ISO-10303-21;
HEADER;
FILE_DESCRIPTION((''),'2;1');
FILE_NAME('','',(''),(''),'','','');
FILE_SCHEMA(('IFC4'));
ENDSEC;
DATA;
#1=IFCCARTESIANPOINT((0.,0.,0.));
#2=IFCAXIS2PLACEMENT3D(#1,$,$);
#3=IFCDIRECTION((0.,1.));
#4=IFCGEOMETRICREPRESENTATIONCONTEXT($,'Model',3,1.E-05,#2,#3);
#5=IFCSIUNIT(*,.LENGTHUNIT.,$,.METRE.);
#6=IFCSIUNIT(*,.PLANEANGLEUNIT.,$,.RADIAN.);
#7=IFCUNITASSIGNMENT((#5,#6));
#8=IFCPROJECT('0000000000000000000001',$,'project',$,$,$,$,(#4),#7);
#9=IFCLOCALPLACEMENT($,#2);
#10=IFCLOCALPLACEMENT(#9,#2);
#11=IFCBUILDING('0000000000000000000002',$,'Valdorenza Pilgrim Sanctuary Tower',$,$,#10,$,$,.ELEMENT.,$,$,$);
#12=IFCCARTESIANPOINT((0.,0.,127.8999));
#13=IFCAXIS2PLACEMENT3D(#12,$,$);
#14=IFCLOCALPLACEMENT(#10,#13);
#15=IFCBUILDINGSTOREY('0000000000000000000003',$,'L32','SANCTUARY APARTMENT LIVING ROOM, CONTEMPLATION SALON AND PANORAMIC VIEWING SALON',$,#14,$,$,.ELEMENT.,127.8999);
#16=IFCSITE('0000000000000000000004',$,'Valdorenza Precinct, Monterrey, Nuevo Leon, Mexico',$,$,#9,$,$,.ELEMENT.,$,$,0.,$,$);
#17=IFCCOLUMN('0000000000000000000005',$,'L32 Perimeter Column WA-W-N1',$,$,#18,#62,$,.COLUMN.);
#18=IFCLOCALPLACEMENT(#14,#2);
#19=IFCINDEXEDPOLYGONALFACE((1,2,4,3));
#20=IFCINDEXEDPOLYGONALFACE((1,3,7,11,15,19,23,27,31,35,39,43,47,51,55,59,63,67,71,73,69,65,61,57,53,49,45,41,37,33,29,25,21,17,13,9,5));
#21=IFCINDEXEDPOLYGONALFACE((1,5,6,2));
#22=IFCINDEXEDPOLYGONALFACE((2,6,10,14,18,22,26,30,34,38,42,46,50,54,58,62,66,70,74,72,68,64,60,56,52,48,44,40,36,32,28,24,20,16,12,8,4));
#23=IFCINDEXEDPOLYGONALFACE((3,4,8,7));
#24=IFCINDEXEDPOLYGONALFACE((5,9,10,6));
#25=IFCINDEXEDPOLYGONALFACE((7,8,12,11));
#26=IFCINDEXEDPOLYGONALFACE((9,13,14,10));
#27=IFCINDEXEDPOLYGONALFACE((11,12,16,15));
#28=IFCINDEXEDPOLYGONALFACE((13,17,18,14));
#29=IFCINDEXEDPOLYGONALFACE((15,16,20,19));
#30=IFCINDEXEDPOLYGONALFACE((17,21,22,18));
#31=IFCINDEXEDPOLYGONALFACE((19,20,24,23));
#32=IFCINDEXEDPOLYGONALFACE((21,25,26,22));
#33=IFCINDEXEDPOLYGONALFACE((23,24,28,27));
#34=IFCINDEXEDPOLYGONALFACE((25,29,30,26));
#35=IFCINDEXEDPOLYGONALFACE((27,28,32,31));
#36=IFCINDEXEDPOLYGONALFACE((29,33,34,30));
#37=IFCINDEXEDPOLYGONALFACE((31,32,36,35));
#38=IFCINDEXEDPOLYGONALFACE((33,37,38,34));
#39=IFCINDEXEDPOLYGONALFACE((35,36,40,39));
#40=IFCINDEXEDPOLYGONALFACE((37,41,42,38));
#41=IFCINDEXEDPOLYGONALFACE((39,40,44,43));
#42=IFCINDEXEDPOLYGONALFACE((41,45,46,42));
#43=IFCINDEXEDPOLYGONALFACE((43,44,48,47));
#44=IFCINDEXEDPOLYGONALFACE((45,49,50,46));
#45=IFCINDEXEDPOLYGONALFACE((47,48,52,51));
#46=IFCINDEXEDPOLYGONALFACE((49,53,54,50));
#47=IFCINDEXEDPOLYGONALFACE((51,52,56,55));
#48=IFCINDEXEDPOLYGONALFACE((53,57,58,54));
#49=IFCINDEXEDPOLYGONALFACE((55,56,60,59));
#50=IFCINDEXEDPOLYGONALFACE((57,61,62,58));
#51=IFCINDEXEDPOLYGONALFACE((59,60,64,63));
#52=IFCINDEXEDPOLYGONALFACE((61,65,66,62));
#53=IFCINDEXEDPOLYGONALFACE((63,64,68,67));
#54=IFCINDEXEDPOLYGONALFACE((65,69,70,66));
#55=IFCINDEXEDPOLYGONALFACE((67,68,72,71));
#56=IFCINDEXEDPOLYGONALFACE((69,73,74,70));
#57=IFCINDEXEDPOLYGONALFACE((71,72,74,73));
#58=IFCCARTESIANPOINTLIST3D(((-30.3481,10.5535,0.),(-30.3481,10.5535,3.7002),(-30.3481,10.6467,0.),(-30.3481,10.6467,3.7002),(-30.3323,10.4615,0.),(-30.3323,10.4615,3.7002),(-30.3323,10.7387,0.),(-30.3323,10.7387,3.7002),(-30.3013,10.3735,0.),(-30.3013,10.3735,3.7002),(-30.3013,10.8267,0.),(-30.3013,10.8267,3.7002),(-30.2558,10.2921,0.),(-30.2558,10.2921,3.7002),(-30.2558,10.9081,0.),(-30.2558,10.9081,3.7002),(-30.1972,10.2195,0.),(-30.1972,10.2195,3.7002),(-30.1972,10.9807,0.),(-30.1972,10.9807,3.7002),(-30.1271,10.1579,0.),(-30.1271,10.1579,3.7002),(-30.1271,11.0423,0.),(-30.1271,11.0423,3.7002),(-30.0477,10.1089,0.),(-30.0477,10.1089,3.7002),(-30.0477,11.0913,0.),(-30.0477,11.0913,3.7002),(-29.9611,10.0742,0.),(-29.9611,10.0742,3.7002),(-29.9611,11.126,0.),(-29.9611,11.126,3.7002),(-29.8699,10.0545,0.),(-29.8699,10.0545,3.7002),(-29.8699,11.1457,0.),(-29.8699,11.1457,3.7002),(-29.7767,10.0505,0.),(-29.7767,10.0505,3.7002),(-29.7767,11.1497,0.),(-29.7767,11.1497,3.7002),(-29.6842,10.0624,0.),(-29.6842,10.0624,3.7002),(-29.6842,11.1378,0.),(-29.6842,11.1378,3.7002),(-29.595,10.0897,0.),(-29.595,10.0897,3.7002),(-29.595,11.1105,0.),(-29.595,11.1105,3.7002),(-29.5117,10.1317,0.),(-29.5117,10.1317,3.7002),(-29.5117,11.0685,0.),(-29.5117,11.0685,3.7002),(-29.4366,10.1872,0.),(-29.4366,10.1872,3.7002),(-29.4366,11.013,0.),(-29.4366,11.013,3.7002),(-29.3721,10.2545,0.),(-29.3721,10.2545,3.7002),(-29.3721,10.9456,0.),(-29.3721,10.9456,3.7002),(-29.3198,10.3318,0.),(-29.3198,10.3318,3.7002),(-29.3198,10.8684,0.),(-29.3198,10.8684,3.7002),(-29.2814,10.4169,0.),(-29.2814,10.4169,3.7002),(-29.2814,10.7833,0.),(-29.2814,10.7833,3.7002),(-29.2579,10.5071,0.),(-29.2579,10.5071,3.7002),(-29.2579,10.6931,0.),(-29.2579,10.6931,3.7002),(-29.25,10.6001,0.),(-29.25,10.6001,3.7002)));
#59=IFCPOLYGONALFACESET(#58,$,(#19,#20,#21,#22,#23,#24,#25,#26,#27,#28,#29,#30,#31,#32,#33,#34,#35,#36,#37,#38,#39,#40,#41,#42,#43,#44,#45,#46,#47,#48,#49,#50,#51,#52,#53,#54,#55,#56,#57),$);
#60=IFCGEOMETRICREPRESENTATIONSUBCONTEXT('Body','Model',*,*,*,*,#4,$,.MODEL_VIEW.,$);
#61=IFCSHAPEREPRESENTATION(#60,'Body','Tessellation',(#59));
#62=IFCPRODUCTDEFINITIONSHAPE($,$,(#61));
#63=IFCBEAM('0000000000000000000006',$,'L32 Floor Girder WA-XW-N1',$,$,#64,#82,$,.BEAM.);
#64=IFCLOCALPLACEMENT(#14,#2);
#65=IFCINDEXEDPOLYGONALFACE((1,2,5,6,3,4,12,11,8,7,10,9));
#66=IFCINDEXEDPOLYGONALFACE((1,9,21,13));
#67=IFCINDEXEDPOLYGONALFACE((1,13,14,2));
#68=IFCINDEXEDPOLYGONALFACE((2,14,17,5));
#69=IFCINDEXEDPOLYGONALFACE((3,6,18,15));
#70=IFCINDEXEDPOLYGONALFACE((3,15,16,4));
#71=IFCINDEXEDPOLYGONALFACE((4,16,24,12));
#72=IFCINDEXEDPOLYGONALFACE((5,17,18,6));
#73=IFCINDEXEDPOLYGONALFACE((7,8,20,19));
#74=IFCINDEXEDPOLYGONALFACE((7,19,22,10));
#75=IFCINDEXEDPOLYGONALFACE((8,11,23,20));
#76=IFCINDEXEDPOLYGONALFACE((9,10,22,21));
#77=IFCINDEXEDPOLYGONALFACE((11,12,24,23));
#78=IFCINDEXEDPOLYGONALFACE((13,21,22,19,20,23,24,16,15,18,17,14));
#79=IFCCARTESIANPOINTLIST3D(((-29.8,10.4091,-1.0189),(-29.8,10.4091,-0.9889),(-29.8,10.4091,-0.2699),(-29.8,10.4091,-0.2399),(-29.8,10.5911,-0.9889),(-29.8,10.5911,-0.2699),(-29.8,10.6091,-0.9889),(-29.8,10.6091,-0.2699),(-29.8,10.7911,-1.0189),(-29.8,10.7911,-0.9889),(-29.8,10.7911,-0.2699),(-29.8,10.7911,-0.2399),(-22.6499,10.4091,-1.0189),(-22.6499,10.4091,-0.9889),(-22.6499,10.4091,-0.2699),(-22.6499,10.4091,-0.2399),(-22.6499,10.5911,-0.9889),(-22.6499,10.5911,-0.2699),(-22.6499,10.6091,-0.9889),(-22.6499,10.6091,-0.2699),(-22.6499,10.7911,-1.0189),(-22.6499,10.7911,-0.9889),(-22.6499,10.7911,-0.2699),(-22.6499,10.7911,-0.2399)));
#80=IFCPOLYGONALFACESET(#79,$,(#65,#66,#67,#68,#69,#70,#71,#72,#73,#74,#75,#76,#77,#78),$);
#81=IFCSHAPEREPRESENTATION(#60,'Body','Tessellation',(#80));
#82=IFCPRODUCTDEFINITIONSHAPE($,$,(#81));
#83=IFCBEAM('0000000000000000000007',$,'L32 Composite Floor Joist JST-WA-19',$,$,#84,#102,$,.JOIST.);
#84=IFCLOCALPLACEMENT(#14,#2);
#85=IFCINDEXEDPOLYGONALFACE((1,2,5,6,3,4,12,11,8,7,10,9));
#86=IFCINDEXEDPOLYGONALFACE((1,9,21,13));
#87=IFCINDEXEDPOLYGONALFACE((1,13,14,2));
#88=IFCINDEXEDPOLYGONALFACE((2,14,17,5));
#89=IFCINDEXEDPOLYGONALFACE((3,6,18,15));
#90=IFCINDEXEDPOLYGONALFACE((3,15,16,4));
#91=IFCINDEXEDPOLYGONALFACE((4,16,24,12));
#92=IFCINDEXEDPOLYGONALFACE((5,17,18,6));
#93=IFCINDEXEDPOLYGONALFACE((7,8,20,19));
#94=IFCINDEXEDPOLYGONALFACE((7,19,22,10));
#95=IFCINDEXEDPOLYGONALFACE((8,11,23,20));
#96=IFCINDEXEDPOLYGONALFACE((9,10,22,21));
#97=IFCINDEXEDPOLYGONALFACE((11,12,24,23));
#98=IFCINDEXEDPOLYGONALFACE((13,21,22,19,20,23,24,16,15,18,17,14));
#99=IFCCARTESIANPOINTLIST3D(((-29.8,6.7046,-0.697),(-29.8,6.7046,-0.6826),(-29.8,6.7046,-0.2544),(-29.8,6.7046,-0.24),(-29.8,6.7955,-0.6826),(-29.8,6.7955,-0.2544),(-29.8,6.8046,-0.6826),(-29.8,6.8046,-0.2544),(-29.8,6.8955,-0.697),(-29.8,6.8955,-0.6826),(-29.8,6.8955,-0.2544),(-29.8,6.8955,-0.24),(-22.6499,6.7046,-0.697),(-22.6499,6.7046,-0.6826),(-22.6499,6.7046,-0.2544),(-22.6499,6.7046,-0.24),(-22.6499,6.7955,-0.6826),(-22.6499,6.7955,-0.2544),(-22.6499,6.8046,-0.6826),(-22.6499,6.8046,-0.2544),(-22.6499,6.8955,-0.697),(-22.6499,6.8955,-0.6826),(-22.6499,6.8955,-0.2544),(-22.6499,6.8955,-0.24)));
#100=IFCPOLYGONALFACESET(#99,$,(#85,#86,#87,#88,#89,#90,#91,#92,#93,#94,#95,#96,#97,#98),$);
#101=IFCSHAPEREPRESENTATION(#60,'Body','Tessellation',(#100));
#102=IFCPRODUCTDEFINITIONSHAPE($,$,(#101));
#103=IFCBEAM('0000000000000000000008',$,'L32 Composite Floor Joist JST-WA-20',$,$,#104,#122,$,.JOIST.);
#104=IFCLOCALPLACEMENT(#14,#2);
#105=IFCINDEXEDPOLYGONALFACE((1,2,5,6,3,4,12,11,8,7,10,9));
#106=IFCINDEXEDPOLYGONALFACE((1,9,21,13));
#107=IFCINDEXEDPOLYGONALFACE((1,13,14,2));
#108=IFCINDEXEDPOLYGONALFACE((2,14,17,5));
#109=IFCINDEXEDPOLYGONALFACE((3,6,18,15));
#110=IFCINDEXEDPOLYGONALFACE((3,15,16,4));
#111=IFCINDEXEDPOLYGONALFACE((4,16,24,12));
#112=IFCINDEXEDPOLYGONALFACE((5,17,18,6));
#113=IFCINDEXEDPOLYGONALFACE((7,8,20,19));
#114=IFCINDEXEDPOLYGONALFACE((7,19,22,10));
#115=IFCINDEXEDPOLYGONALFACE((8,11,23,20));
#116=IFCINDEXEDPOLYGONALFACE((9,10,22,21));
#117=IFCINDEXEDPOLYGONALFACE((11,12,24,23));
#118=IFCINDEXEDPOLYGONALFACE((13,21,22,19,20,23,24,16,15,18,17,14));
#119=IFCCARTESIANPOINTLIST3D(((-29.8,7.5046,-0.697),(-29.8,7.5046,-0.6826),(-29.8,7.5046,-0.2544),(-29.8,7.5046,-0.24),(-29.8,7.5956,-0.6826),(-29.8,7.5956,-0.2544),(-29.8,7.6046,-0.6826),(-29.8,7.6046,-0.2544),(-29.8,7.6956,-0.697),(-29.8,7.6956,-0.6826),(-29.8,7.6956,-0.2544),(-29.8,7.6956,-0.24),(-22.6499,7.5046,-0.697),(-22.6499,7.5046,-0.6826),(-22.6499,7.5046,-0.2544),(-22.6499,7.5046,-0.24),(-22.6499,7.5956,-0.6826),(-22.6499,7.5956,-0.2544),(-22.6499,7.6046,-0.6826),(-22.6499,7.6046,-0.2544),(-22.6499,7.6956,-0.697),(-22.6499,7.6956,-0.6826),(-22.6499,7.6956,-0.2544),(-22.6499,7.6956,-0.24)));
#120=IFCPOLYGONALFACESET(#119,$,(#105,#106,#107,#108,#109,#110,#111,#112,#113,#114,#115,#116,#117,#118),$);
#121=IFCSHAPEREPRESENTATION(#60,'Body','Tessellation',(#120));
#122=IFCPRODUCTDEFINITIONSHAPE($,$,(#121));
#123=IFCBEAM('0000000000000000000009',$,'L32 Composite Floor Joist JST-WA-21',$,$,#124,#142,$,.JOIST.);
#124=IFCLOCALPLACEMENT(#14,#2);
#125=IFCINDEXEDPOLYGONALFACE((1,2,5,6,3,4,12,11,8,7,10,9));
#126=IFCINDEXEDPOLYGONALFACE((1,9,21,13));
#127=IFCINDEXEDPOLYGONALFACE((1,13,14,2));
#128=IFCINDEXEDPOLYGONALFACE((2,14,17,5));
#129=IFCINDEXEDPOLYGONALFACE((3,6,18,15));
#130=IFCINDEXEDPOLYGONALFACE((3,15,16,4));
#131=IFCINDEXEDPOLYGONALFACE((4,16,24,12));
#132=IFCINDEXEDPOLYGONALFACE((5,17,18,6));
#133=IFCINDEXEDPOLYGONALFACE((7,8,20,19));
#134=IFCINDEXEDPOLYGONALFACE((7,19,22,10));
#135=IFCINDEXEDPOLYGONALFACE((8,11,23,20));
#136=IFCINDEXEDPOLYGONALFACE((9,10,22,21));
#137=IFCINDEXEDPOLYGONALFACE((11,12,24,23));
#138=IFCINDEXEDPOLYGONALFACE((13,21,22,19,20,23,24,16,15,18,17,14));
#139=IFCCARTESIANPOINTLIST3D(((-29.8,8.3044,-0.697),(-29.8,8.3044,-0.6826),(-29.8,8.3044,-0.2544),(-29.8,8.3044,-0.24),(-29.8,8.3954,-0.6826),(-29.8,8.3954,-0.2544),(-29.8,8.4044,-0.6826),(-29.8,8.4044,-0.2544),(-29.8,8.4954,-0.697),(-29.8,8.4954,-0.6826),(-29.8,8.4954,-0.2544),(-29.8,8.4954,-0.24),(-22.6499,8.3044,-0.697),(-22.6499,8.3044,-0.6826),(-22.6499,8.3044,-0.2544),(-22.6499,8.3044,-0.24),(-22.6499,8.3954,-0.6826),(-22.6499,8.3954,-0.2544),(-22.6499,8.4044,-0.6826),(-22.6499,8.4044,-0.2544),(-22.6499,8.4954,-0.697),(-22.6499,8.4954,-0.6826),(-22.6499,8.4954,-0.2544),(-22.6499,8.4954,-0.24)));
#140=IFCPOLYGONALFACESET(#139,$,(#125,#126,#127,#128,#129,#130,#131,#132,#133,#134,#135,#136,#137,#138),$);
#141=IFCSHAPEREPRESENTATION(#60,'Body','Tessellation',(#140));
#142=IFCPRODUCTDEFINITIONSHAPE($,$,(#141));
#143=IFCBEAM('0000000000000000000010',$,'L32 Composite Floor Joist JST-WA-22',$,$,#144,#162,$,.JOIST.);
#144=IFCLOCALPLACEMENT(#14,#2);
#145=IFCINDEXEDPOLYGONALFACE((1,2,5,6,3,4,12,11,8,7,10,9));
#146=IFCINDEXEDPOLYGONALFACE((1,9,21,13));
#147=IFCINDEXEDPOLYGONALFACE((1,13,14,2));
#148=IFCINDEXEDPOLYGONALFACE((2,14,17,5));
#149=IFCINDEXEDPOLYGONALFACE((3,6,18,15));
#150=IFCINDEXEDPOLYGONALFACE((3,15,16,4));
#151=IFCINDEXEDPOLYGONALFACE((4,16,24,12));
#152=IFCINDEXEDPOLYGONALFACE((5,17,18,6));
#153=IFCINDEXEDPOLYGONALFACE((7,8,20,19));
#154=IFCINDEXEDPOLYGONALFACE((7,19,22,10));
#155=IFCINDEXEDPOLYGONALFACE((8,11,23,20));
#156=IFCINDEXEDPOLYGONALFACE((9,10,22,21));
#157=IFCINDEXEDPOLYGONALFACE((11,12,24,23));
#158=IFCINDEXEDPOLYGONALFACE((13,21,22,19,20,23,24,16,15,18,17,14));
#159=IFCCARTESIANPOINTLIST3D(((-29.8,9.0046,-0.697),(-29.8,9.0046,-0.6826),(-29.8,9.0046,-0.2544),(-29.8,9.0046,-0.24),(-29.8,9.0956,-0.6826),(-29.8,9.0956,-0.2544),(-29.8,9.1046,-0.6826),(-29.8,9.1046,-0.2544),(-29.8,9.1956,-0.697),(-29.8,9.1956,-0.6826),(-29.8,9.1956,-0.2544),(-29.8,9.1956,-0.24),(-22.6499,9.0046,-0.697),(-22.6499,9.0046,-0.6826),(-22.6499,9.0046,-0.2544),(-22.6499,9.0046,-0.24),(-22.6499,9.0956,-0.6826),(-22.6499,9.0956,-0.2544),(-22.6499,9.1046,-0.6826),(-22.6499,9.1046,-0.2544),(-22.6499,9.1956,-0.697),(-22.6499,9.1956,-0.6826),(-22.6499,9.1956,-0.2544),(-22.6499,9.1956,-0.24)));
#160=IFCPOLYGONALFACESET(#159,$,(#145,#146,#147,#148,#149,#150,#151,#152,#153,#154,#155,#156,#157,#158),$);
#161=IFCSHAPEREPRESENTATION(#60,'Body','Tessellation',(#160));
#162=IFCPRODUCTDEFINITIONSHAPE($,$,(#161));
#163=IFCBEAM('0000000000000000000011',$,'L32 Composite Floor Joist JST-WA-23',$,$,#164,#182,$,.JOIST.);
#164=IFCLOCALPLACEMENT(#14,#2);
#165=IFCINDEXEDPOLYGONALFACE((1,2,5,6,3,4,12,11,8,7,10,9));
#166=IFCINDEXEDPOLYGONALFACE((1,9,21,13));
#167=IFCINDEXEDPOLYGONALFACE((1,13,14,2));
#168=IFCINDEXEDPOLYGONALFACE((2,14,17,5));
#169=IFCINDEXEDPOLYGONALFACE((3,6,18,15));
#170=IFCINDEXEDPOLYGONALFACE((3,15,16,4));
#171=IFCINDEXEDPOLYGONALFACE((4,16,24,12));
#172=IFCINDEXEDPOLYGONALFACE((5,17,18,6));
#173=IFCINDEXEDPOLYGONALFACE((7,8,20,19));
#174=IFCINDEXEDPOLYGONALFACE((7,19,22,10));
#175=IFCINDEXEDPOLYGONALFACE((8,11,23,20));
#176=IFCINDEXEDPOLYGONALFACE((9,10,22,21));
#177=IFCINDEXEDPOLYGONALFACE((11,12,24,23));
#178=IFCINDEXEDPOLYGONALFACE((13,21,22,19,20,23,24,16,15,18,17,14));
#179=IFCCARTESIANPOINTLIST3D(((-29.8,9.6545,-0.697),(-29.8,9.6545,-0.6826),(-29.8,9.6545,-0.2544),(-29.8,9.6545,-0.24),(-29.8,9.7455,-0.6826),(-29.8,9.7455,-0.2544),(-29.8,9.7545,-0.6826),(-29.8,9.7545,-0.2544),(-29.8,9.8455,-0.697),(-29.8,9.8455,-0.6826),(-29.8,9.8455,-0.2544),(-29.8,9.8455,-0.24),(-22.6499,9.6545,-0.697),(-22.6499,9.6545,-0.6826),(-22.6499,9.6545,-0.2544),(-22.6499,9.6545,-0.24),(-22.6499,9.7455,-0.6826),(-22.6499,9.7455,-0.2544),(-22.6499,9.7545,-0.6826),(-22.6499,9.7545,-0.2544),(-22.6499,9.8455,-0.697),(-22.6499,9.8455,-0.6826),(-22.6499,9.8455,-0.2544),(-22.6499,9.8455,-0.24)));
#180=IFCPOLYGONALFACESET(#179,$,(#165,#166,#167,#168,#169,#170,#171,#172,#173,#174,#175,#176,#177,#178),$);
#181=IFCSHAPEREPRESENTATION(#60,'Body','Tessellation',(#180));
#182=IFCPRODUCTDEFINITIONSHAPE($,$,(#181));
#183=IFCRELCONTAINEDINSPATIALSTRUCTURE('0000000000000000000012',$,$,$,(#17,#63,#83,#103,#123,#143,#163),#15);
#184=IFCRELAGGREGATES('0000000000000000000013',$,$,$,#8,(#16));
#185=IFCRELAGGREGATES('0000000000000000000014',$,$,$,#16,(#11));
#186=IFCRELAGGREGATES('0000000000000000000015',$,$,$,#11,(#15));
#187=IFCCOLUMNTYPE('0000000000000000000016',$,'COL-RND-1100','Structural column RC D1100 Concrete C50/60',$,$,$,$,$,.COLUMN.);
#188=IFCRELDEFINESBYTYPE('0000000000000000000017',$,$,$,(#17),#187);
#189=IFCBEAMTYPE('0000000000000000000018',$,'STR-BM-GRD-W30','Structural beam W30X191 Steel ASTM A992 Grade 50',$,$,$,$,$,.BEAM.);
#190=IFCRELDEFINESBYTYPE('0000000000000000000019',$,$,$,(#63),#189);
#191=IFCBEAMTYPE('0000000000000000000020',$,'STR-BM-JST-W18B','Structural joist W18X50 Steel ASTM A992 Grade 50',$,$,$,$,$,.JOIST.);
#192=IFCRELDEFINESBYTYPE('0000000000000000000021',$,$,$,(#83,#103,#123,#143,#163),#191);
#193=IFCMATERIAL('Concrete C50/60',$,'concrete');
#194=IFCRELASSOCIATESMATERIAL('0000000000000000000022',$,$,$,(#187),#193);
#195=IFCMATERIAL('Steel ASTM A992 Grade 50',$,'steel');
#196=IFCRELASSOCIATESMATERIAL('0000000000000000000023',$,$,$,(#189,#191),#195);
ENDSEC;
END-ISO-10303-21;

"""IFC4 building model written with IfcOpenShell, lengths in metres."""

from ifc_helpers import new_model, si_unit, direction, frame, origin, origin_2d, place, context, subcontext, project, spatial, circle, i_section, extrude, source, transform, mapped, material, material_profile, profile_set, type_object, element, save


model = new_model("IFC4")

# Units and contexts
model_context = context("Model", 3, precision=1e-05, world=origin(), true_north=direction((0.0, 1.0)))
body_context = subcontext(model_context, "Body", "Model", "MODEL_VIEW")
ifc_project = project(units=[si_unit("LENGTHUNIT", "METRE"), si_unit("PLANEANGLEUNIT", "RADIAN")], contexts=[model_context])

# Site, building, storey
site_placement = place(None, origin())
site = spatial("IfcSite", under=ifc_project, at=site_placement, Name="Valdorenza Precinct, Monterrey, Nuevo Leon, Mexico", CompositionType="ELEMENT", RefElevation=0.0)
building_placement = place(site_placement, origin())
building = spatial("IfcBuilding", under=site, at=building_placement, Name="Valdorenza Pilgrim Sanctuary Tower", CompositionType="ELEMENT")
storey_placement = place(building_placement, frame((0.0, 0.0, 127.8999)))
storey = spatial("IfcBuildingStorey", under=building, at=storey_placement, Name="L32", Description="SANCTUARY APARTMENT LIVING ROOM, CONTEMPLATION SALON AND PANORAMIC VIEWING SALON", CompositionType="ELEMENT", Elevation=127.8999)

# Column
ifc_material_1 = material(Name="Concrete C50/60", Category="concrete")
ifc_material_profile_1 = material_profile(ifc_material_1, circle(Radius=0.55, at=origin_2d()), Name="RC D1100")
ifc_profile_set_1 = profile_set([ifc_material_profile_1], Name="Concrete C50/60")
column_type = type_object("IfcColumnType", Name="COL-RND-1100", Description="Structural column RC D1100 Concrete C50/60", PredefinedType="COLUMN", material=ifc_profile_set_1)
shared_shape_1 = source(origin(), body_context, "Body", "SweptSolid", [
    extrude(circle(Radius=0.55, at=origin_2d()), origin(), (0.0, 0.0, 1.0), 3.7002),
])
column_placement = place(storey_placement, frame((-29.8, 10.6001, 0.0), z_axis=(0.0, 0.0, 1.0), x_axis=(1.0, 0.0, 0.0)))
element("IfcColumn", 1, at=column_placement, inside=storey, type_object=column_type, Name="L32 Perimeter Column WA-W-N1", PredefinedType="COLUMN", context=body_context, shape_type="MappedRepresentation", body=[
    mapped(shared_shape_1, transform((0.0, 0.0, 0.0), x_axis=(1.0, 0.0, 0.0), y_axis=(0.0, 1.0, 0.0), z_axis=(0.0, 0.0, 1.0), scale=1.0)),
])

# Beams
ifc_material_2 = material(Name="Steel ASTM A992 Grade 50", Category="steel")
ifc_material_profile_2 = material_profile(ifc_material_2, i_section(OverallWidth=0.3821, OverallDepth=0.7791, WebThickness=0.0181, FlangeThickness=0.03, at=origin_2d()), Name="W30X191")
ifc_profile_set_2 = profile_set([ifc_material_profile_2], Name="Steel ASTM A992 Grade 50")
beam_type_1 = type_object("IfcBeamType", Name="STR-BM-GRD-W30", Description="Structural beam W30X191 Steel ASTM A992 Grade 50", PredefinedType="BEAM", material=ifc_profile_set_2)
shared_shape_2 = source(origin(), body_context, "Body", "SweptSolid", [
    extrude(i_section(OverallWidth=0.3821, OverallDepth=0.7791, WebThickness=0.0181, FlangeThickness=0.03, at=origin_2d()), origin(), (0.0, 0.0, 1.0), 7.1501),
])
beam_placement = place(storey_placement, frame((-29.8, 10.6001, -0.6294), z_axis=(1.0, 0.0, 0.0), x_axis=(0.0, 1.0, 0.0)))
element("IfcBeam", 2, at=beam_placement, inside=storey, type_object=beam_type_1, Name="L32 Floor Girder WA-XW-N1", PredefinedType="BEAM", context=body_context, shape_type="MappedRepresentation", body=[
    mapped(shared_shape_2, transform((0.0, 0.0, 0.0), x_axis=(1.0, 0.0, 0.0), y_axis=(0.0, 1.0, 0.0), z_axis=(0.0, 0.0, 1.0), scale=1.0)),
])
ifc_material_profile_3 = material_profile(ifc_material_2, i_section(OverallWidth=0.1909, OverallDepth=0.457, WebThickness=0.009, FlangeThickness=0.0144, at=origin_2d()), Name="W18X50")
ifc_profile_set_3 = profile_set([ifc_material_profile_3], Name="Steel ASTM A992 Grade 50")
beam_type_2 = type_object("IfcBeamType", Name="STR-BM-JST-W18B", Description="Structural joist W18X50 Steel ASTM A992 Grade 50", PredefinedType="JOIST", material=ifc_profile_set_3)
shared_shape_3 = source(origin(), body_context, "Body", "SweptSolid", [
    extrude(i_section(OverallWidth=0.1909, OverallDepth=0.457, WebThickness=0.009, FlangeThickness=0.0144, at=origin_2d()), origin(), (0.0, 0.0, 1.0), 7.1501),
])
for number, where, z_axis, x_axis, name in (
    (3, (-29.8, 6.8, -0.4685), (1.0, 0.0, 0.0), (0.0, 1.0, 0.0), "L32 Composite Floor Joist JST-WA-19"),
    (4, (-29.8, 7.6001, -0.4685), (1.0, 0.0, 0.0), (0.0, 1.0, 0.0), "L32 Composite Floor Joist JST-WA-20"),
    (5, (-29.8, 8.3999, -0.4685), (1.0, 0.0, 0.0), (0.0, 1.0, 0.0), "L32 Composite Floor Joist JST-WA-21"),
    (6, (-29.8, 9.1001, -0.4685), (1.0, 0.0, 0.0), (0.0, 1.0, 0.0), "L32 Composite Floor Joist JST-WA-22"),
    (7, (-29.8, 9.75, -0.4685), (1.0, 0.0, 0.0), (0.0, 1.0, 0.0), "L32 Composite Floor Joist JST-WA-23"),
):
    element("IfcBeam", number, at=place(storey_placement, frame(where, z_axis=z_axis, x_axis=x_axis)), inside=storey, type_object=beam_type_2, Name=name, PredefinedType="JOIST", context=body_context, shape_type="MappedRepresentation", body=[
        mapped(shared_shape_3, transform((0.0, 0.0, 0.0), x_axis=(1.0, 0.0, 0.0), y_axis=(0.0, 1.0, 0.0), z_axis=(0.0, 0.0, 1.0), scale=1.0)),
    ])

save(model, "model.ifc")
